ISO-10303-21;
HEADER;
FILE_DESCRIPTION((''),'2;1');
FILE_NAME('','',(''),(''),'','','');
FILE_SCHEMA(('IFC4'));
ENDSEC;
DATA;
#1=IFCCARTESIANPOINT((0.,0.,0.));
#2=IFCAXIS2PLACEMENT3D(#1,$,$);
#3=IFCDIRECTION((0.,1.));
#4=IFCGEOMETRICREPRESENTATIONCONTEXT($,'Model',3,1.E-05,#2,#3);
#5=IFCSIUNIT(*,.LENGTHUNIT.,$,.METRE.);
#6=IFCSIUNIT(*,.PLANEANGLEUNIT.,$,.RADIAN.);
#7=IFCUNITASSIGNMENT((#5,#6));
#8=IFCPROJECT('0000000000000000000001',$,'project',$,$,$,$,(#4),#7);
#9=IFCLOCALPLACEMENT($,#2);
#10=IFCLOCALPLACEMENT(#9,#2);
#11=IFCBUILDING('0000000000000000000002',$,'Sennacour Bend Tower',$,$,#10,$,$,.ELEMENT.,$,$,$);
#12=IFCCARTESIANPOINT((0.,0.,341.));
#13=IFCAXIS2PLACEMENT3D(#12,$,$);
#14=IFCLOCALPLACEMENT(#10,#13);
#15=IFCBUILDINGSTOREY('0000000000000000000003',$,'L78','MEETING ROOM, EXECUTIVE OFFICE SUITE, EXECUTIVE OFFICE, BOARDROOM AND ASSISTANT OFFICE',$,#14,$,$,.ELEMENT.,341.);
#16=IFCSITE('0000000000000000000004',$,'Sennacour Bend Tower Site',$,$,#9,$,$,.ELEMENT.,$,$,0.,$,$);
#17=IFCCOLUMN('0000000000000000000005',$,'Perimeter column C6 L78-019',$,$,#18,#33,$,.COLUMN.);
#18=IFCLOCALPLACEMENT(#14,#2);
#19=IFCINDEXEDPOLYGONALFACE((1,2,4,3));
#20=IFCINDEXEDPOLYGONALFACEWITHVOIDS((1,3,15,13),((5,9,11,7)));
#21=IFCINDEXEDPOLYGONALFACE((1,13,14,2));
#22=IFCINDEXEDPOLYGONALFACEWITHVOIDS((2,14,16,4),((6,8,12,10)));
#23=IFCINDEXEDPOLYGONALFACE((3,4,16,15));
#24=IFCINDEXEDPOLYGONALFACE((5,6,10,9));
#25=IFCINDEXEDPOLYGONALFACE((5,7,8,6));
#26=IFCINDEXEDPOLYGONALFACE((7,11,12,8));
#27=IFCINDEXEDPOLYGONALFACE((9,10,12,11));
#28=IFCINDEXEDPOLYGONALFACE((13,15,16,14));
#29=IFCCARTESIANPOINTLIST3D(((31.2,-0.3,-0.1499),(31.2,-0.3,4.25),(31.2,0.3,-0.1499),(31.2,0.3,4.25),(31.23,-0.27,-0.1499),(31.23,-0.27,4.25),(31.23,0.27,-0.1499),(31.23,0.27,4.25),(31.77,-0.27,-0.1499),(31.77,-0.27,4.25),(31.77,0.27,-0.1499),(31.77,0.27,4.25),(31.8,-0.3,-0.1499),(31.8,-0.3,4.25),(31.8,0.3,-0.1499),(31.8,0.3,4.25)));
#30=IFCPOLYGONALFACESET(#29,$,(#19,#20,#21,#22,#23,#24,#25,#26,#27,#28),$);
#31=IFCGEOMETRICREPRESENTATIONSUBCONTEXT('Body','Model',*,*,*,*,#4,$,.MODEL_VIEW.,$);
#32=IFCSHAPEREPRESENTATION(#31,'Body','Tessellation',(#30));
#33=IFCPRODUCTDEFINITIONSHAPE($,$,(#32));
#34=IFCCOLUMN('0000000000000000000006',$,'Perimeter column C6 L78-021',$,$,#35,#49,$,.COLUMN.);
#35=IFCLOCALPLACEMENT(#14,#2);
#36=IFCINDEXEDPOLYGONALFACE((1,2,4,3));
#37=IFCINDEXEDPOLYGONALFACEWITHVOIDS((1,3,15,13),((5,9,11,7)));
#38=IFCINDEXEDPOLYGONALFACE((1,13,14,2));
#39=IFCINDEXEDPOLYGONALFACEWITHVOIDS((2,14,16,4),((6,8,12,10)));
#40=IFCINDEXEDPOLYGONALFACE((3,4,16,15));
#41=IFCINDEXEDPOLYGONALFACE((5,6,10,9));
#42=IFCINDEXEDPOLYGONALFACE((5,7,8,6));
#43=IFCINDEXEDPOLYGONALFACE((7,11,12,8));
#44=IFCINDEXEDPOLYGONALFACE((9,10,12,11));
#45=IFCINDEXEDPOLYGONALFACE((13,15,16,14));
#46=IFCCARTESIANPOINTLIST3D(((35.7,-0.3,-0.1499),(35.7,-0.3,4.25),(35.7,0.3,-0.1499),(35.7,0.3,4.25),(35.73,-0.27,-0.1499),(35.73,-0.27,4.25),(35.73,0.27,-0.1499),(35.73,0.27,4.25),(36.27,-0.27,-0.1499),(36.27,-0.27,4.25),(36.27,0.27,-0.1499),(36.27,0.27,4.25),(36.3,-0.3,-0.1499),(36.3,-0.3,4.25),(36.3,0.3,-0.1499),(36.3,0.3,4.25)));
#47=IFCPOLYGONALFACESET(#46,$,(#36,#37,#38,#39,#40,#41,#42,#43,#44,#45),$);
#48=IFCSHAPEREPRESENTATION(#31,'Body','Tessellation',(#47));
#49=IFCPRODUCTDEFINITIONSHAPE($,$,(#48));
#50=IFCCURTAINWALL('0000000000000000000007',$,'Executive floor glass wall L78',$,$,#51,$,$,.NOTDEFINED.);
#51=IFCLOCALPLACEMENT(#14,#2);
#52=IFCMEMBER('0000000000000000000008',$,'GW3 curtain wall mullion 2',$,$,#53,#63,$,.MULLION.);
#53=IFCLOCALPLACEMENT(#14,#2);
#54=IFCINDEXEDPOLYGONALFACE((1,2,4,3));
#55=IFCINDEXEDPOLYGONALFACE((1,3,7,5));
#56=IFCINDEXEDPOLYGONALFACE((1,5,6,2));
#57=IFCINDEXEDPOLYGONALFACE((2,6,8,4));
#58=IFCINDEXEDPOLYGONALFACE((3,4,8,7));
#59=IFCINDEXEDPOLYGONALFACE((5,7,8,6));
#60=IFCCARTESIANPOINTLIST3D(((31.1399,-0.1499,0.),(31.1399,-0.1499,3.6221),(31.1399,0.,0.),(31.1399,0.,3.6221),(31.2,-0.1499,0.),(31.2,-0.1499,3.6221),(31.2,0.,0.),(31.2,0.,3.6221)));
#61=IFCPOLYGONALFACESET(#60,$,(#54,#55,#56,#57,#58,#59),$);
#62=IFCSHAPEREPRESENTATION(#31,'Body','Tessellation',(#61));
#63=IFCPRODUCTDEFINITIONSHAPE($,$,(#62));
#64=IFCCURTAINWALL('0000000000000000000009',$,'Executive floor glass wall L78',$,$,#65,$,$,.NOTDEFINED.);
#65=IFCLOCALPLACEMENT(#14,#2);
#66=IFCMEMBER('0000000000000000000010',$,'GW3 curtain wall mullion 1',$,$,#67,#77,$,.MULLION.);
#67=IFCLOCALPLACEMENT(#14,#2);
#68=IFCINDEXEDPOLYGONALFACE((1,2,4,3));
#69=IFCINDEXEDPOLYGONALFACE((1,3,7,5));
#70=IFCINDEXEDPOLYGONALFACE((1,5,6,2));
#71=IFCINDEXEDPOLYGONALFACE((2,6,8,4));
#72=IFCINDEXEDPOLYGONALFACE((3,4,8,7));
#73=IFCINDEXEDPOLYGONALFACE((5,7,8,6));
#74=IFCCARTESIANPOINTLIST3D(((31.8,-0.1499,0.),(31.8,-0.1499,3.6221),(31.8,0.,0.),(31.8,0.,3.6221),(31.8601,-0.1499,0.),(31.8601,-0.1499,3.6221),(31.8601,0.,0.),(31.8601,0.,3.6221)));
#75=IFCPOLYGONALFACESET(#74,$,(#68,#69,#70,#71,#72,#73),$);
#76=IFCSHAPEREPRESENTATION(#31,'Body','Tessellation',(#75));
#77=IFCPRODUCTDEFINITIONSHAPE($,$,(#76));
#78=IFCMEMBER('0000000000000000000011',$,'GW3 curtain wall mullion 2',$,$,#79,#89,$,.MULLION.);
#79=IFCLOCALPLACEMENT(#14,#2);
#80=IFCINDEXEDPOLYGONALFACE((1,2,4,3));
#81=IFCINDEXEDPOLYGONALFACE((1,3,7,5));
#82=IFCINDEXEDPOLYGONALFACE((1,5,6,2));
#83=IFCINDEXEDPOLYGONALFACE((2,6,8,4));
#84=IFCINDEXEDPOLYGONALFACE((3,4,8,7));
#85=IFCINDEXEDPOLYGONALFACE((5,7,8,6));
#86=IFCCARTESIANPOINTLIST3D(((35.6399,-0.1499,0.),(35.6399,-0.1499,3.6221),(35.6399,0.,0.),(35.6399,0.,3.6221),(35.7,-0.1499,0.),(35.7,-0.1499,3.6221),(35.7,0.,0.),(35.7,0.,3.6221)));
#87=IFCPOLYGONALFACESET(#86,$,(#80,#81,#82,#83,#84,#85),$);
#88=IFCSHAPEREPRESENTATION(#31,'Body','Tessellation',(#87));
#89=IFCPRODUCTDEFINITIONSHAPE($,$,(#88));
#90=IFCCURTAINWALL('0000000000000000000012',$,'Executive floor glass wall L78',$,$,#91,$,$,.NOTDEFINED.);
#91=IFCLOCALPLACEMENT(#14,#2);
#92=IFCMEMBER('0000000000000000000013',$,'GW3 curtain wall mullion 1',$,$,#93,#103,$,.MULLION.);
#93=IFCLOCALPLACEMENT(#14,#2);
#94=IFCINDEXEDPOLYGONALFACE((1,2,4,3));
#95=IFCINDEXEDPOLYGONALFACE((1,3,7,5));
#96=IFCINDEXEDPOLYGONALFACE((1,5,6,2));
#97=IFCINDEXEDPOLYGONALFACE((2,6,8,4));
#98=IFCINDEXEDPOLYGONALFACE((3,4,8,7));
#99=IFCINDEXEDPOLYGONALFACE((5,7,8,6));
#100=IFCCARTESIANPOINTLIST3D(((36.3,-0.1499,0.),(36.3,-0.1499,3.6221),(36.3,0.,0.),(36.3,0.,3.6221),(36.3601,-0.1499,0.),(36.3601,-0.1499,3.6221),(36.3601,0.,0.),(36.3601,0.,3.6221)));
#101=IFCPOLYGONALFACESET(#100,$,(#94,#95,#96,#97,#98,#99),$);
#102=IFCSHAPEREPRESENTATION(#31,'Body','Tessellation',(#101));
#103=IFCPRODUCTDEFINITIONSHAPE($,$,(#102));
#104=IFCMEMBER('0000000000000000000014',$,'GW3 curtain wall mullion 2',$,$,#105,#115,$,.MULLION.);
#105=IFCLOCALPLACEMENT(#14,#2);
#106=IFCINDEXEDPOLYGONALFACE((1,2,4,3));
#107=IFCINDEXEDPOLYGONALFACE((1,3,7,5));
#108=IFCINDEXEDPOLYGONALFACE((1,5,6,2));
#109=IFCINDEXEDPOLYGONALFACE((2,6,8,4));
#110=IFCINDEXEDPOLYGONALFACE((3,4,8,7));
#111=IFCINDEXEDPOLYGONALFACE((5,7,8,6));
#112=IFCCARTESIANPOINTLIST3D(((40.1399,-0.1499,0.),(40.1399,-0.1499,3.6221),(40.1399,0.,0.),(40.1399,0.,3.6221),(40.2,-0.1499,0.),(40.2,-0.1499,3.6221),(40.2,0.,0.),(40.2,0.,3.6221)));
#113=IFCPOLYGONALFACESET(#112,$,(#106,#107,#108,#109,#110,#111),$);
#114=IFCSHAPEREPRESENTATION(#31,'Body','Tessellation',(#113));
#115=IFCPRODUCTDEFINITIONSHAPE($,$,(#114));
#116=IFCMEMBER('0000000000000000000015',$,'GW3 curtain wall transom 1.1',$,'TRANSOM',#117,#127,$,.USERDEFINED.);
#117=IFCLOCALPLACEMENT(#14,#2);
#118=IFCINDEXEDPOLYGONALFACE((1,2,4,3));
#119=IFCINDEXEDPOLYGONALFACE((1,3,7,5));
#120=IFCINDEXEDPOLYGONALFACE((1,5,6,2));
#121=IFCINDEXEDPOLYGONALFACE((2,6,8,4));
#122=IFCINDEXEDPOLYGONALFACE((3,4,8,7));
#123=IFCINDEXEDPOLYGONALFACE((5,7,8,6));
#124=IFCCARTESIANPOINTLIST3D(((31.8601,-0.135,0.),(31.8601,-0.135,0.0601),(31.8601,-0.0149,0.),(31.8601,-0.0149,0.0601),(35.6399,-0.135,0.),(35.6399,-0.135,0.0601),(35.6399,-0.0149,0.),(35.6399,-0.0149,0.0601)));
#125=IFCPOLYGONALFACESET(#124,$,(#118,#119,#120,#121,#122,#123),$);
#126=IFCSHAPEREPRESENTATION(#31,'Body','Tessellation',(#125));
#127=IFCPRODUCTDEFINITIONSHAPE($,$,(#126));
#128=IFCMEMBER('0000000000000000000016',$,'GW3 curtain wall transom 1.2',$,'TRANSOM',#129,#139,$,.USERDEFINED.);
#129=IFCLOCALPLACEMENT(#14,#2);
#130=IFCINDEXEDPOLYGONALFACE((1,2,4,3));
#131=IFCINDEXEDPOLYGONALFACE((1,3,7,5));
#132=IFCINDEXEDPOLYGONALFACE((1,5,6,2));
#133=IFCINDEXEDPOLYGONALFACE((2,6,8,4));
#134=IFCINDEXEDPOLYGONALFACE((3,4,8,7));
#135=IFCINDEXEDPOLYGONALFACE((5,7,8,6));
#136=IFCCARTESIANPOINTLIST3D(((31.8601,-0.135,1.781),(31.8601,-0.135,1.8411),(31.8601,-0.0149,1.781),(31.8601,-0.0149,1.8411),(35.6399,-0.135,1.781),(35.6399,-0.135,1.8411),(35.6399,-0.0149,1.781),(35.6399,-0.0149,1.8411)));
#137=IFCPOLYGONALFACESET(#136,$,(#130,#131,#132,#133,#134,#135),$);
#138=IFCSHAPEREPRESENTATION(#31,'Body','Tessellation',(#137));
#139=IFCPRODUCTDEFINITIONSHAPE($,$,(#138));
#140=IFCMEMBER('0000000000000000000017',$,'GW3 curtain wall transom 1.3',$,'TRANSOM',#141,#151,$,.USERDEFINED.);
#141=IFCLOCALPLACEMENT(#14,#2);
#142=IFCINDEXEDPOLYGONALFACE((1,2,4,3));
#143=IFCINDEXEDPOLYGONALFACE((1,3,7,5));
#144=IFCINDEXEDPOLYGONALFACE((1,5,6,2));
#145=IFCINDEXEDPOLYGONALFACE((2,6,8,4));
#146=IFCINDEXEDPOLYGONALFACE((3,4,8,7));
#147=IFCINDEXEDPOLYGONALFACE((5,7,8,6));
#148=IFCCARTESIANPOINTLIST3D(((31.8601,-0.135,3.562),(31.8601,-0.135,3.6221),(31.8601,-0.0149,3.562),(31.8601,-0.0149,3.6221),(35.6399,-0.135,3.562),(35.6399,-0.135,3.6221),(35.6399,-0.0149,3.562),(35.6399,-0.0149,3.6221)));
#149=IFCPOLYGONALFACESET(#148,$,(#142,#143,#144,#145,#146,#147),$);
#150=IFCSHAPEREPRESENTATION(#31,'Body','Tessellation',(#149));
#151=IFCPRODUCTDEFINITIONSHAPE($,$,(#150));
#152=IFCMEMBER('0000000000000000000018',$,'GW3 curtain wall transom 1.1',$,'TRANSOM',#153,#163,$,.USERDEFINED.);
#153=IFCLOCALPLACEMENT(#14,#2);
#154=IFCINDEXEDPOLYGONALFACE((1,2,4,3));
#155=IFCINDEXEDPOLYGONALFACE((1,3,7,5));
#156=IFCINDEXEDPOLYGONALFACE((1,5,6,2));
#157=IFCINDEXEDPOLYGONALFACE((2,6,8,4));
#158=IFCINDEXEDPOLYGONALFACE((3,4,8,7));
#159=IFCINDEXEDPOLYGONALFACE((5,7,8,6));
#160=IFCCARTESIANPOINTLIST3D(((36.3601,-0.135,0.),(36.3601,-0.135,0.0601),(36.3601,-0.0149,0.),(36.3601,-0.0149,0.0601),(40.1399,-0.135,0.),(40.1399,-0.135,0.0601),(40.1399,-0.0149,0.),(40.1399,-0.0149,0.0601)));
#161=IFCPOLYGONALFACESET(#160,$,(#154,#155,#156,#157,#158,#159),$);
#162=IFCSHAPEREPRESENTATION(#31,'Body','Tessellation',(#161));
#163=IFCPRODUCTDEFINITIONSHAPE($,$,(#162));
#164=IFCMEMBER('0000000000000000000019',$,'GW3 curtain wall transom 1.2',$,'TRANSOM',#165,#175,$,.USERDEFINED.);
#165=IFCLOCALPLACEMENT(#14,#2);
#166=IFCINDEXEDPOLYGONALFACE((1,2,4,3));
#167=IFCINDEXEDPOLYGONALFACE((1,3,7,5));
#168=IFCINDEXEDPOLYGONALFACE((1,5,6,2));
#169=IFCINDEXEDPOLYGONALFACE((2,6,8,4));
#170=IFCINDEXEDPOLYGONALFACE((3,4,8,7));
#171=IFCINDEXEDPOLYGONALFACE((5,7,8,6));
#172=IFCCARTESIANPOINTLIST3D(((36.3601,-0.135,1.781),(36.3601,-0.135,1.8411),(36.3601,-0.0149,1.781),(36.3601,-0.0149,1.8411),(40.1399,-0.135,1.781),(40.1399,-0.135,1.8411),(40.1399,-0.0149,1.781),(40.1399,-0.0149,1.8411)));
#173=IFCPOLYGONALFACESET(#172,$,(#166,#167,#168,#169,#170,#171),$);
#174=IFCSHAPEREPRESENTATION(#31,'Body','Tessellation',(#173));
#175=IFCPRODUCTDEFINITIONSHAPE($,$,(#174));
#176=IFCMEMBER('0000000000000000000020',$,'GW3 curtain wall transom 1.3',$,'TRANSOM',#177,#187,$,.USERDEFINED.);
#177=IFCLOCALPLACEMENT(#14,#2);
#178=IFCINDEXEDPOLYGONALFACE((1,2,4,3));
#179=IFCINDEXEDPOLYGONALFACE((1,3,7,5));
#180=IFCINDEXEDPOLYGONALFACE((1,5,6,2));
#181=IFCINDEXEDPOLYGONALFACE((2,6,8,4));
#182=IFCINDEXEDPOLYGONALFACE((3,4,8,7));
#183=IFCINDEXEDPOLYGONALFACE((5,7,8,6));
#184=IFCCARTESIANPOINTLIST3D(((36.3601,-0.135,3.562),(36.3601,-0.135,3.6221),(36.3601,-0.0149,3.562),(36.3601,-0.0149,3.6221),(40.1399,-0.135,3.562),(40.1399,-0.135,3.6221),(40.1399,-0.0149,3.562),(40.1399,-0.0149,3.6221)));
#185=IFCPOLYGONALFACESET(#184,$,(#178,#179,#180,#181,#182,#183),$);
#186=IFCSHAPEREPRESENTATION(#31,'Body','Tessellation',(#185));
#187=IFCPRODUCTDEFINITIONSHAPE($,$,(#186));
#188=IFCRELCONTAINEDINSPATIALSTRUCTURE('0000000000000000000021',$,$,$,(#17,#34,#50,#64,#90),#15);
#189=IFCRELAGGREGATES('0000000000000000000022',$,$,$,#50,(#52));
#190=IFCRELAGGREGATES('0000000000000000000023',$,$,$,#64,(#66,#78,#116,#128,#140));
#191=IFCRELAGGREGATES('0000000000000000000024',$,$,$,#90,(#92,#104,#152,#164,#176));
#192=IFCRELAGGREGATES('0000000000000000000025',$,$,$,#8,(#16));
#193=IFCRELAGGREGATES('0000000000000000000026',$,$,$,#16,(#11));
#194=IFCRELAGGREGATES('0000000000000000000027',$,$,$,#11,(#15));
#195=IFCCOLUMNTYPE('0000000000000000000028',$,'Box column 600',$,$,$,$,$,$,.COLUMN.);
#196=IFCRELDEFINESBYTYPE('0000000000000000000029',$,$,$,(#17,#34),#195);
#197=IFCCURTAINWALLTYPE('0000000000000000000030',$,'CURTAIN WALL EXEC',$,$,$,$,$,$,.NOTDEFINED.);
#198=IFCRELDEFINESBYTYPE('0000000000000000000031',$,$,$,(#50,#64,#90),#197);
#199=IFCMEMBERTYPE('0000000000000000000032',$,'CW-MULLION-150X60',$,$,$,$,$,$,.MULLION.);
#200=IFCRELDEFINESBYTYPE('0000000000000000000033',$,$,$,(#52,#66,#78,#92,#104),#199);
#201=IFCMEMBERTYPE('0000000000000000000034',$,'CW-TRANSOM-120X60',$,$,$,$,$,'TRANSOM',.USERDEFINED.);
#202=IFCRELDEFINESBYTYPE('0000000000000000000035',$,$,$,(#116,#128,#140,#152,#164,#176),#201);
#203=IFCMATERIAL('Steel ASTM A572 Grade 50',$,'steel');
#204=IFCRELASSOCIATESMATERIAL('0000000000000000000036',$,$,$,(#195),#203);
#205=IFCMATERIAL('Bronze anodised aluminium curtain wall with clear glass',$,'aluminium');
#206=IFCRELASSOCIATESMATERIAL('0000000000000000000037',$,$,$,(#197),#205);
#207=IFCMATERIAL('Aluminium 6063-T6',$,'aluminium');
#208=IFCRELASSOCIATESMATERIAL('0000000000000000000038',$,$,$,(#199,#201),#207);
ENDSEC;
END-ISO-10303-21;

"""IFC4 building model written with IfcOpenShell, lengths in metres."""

from ifc_helpers import new_model, si_unit, direction, frame, origin, origin_2d, place, context, subcontext, project, spatial, rectangle, hollow_rectangle, extrude, material, material_profile, profile_set, type_object, element, aggregate, save


model = new_model("IFC4")

# Units and contexts
model_context = context("Model", 3, precision=1e-05, world=origin(), true_north=direction((0.0, 1.0)))
body_context = subcontext(model_context, "Body", "Model", "MODEL_VIEW")
ifc_project = project(units=[si_unit("LENGTHUNIT", "METRE"), si_unit("PLANEANGLEUNIT", "RADIAN")], contexts=[model_context])

# Site, building, storey
site_placement = place(None, origin())
site = spatial("IfcSite", under=ifc_project, at=site_placement, Name="Sennacour Bend Tower Site", CompositionType="ELEMENT", RefElevation=0.0)
building_placement = place(site_placement, origin())
building = spatial("IfcBuilding", under=site, at=building_placement, Name="Sennacour Bend Tower", CompositionType="ELEMENT")
storey_placement = place(building_placement, frame((0.0, 0.0, 341.0)))
storey = spatial("IfcBuildingStorey", under=building, at=storey_placement, Name="L78", Description="MEETING ROOM, EXECUTIVE OFFICE SUITE, EXECUTIVE OFFICE, BOARDROOM AND ASSISTANT OFFICE", CompositionType="ELEMENT", Elevation=341.0)

# Columns
ifc_material_1 = material(Name="Steel ASTM A572 Grade 50", Category="steel")
ifc_material_profile_1 = material_profile(ifc_material_1, hollow_rectangle(XDim=0.6001, YDim=0.6001, WallThickness=0.03, at=origin_2d()), Name="Steel ASTM A572 Grade 50", Category="steel")
ifc_profile_set_1 = profile_set([ifc_material_profile_1], Name="Steel ASTM A572 Grade 50")
column_type = type_object("IfcColumnType", Name="Box column 600", PredefinedType="COLUMN", material=ifc_profile_set_1)
for number, where, z_axis, x_axis, name in (
    (1, (31.5, 0.0, -0.1499), (0.0, 0.0, 1.0), (1.0, 0.0, 0.0), "Perimeter column C6 L78-019"),
    (2, (36.0, 0.0, -0.1499), (0.0, 0.0, 1.0), (1.0, 0.0, 0.0), "Perimeter column C6 L78-021"),
):
    element("IfcColumn", number, at=place(storey_placement, frame(where, z_axis=z_axis, x_axis=x_axis)), inside=storey, type_object=column_type, Name=name, PredefinedType="COLUMN", context=body_context, shape_type="SweptSolid", body=[
        extrude(hollow_rectangle(XDim=0.6001, YDim=0.6001, WallThickness=0.03, at=origin_2d()), origin(), (0.0, 0.0, 1.0), 4.3999),
    ])

# Curtain wall, member
ifc_material_2 = material(Name="Bronze anodised aluminium curtain wall with clear glass", Category="aluminium")
curtain_wall_type = type_object("IfcCurtainWallType", Name="CURTAIN WALL EXEC", PredefinedType="NOTDEFINED", material=ifc_material_2)
curtain_wall_1_placement = place(storey_placement, origin())
curtain_wall_1 = element("IfcCurtainWall", 3, at=curtain_wall_1_placement, inside=storey, type_object=curtain_wall_type, Name="Executive floor glass wall L78", PredefinedType="NOTDEFINED")
ifc_material_3 = material(Name="Aluminium 6063-T6", Category="aluminium")
ifc_material_profile_2 = material_profile(ifc_material_3, rectangle(XDim=0.1499, YDim=0.0601, at=origin_2d()), Name="Aluminium 6063-T6", Category="aluminium")
ifc_profile_set_2 = profile_set([ifc_material_profile_2], Name="Aluminium 6063-T6")
member_type_1 = type_object("IfcMemberType", Name="CW-MULLION-150X60", PredefinedType="MULLION", material=ifc_profile_set_2)
member_1_placement = place(storey_placement, frame((31.1699, -0.075, 0.0), z_axis=(0.0, 0.0, 1.0), x_axis=(0.0, 1.0, 0.0)))
member_1 = element("IfcMember", 4, at=member_1_placement, type_object=member_type_1, Name="GW3 curtain wall mullion 2", PredefinedType="MULLION", context=body_context, shape_type="SweptSolid", body=[
    extrude(rectangle(XDim=0.1499, YDim=0.0601, at=origin_2d()), origin(), (0.0, 0.0, 1.0), 3.6221),
])
aggregate(curtain_wall_1, [member_1])

# Curtain walls, members
curtain_wall_2_placement = place(storey_placement, origin())
curtain_wall_2 = element("IfcCurtainWall", 5, at=curtain_wall_2_placement, inside=storey, type_object=curtain_wall_type, Name="Executive floor glass wall L78", PredefinedType="NOTDEFINED")
member_2_placement = place(storey_placement, frame((31.8301, -0.075, 0.0), z_axis=(0.0, 0.0, 1.0), x_axis=(0.0, 1.0, 0.0)))
member_2 = element("IfcMember", 6, at=member_2_placement, type_object=member_type_1, Name="GW3 curtain wall mullion 1", PredefinedType="MULLION", context=body_context, shape_type="SweptSolid", body=[
    extrude(rectangle(XDim=0.1499, YDim=0.0601, at=origin_2d()), origin(), (0.0, 0.0, 1.0), 3.6221),
])
member_3_placement = place(storey_placement, frame((35.6699, -0.075, 0.0), z_axis=(0.0, 0.0, 1.0), x_axis=(0.0, 1.0, 0.0)))
member_3 = element("IfcMember", 7, at=member_3_placement, type_object=member_type_1, Name="GW3 curtain wall mullion 2", PredefinedType="MULLION", context=body_context, shape_type="SweptSolid", body=[
    extrude(rectangle(XDim=0.1499, YDim=0.0601, at=origin_2d()), origin(), (0.0, 0.0, 1.0), 3.6221),
])
curtain_wall_3_placement = place(storey_placement, origin())
curtain_wall_3 = element("IfcCurtainWall", 8, at=curtain_wall_3_placement, inside=storey, type_object=curtain_wall_type, Name="Executive floor glass wall L78", PredefinedType="NOTDEFINED")
member_4_placement = place(storey_placement, frame((36.3301, -0.075, 0.0), z_axis=(0.0, 0.0, 1.0), x_axis=(0.0, 1.0, 0.0)))
member_4 = element("IfcMember", 9, at=member_4_placement, type_object=member_type_1, Name="GW3 curtain wall mullion 1", PredefinedType="MULLION", context=body_context, shape_type="SweptSolid", body=[
    extrude(rectangle(XDim=0.1499, YDim=0.0601, at=origin_2d()), origin(), (0.0, 0.0, 1.0), 3.6221),
])
member_5_placement = place(storey_placement, frame((40.1699, -0.075, 0.0), z_axis=(0.0, 0.0, 1.0), x_axis=(0.0, 1.0, 0.0)))
member_5 = element("IfcMember", 10, at=member_5_placement, type_object=member_type_1, Name="GW3 curtain wall mullion 2", PredefinedType="MULLION", context=body_context, shape_type="SweptSolid", body=[
    extrude(rectangle(XDim=0.1499, YDim=0.0601, at=origin_2d()), origin(), (0.0, 0.0, 1.0), 3.6221),
])

# Members
ifc_material_profile_3 = material_profile(ifc_material_3, rectangle(XDim=0.1201, YDim=0.0601, at=origin_2d()), Name="Aluminium 6063-T6", Category="aluminium")
ifc_profile_set_3 = profile_set([ifc_material_profile_3], Name="Aluminium 6063-T6")
member_type_2 = type_object("IfcMemberType", Name="CW-TRANSOM-120X60", ElementType="TRANSOM", PredefinedType="USERDEFINED", material=ifc_profile_set_3)
member_6_placement = place(storey_placement, frame((31.8601, -0.075, 0.03), z_axis=(1.0, 0.0, 0.0), x_axis=(0.0, 1.0, 0.0)))
member_6 = element("IfcMember", 11, at=member_6_placement, type_object=member_type_2, Name="GW3 curtain wall transom 1.1", ObjectType="TRANSOM", PredefinedType="USERDEFINED", context=body_context, shape_type="SweptSolid", body=[
    extrude(rectangle(XDim=0.1201, YDim=0.0601, at=origin_2d()), origin(), (0.0, 0.0, 1.0), 3.7798),
])
member_7_placement = place(storey_placement, frame((31.8601, -0.075, 1.811), z_axis=(1.0, 0.0, 0.0), x_axis=(0.0, 1.0, 0.0)))
member_7 = element("IfcMember", 12, at=member_7_placement, type_object=member_type_2, Name="GW3 curtain wall transom 1.2", ObjectType="TRANSOM", PredefinedType="USERDEFINED", context=body_context, shape_type="SweptSolid", body=[
    extrude(rectangle(XDim=0.1201, YDim=0.0601, at=origin_2d()), origin(), (0.0, 0.0, 1.0), 3.7798),
])
member_8_placement = place(storey_placement, frame((31.8601, -0.075, 3.592), z_axis=(1.0, 0.0, 0.0), x_axis=(0.0, 1.0, 0.0)))
member_8 = element("IfcMember", 13, at=member_8_placement, type_object=member_type_2, Name="GW3 curtain wall transom 1.3", ObjectType="TRANSOM", PredefinedType="USERDEFINED", context=body_context, shape_type="SweptSolid", body=[
    extrude(rectangle(XDim=0.1201, YDim=0.0601, at=origin_2d()), origin(), (0.0, 0.0, 1.0), 3.7798),
])
member_9_placement = place(storey_placement, frame((36.3601, -0.075, 0.03), z_axis=(1.0, 0.0, 0.0), x_axis=(0.0, 1.0, 0.0)))
member_9 = element("IfcMember", 14, at=member_9_placement, type_object=member_type_2, Name="GW3 curtain wall transom 1.1", ObjectType="TRANSOM", PredefinedType="USERDEFINED", context=body_context, shape_type="SweptSolid", body=[
    extrude(rectangle(XDim=0.1201, YDim=0.0601, at=origin_2d()), origin(), (0.0, 0.0, 1.0), 3.7798),
])
member_10_placement = place(storey_placement, frame((36.3601, -0.075, 1.811), z_axis=(1.0, 0.0, 0.0), x_axis=(0.0, 1.0, 0.0)))
member_10 = element("IfcMember", 15, at=member_10_placement, type_object=member_type_2, Name="GW3 curtain wall transom 1.2", ObjectType="TRANSOM", PredefinedType="USERDEFINED", context=body_context, shape_type="SweptSolid", body=[
    extrude(rectangle(XDim=0.1201, YDim=0.0601, at=origin_2d()), origin(), (0.0, 0.0, 1.0), 3.7798),
])
member_11_placement = place(storey_placement, frame((36.3601, -0.075, 3.592), z_axis=(1.0, 0.0, 0.0), x_axis=(0.0, 1.0, 0.0)))
member_11 = element("IfcMember", 16, at=member_11_placement, type_object=member_type_2, Name="GW3 curtain wall transom 1.3", ObjectType="TRANSOM", PredefinedType="USERDEFINED", context=body_context, shape_type="SweptSolid", body=[
    extrude(rectangle(XDim=0.1201, YDim=0.0601, at=origin_2d()), origin(), (0.0, 0.0, 1.0), 3.7798),
])

aggregate(curtain_wall_2, [member_2, member_3, member_6, member_7, member_8])
aggregate(curtain_wall_3, [member_4, member_5, member_9, member_10, member_11])

save(model, "model.ifc")
